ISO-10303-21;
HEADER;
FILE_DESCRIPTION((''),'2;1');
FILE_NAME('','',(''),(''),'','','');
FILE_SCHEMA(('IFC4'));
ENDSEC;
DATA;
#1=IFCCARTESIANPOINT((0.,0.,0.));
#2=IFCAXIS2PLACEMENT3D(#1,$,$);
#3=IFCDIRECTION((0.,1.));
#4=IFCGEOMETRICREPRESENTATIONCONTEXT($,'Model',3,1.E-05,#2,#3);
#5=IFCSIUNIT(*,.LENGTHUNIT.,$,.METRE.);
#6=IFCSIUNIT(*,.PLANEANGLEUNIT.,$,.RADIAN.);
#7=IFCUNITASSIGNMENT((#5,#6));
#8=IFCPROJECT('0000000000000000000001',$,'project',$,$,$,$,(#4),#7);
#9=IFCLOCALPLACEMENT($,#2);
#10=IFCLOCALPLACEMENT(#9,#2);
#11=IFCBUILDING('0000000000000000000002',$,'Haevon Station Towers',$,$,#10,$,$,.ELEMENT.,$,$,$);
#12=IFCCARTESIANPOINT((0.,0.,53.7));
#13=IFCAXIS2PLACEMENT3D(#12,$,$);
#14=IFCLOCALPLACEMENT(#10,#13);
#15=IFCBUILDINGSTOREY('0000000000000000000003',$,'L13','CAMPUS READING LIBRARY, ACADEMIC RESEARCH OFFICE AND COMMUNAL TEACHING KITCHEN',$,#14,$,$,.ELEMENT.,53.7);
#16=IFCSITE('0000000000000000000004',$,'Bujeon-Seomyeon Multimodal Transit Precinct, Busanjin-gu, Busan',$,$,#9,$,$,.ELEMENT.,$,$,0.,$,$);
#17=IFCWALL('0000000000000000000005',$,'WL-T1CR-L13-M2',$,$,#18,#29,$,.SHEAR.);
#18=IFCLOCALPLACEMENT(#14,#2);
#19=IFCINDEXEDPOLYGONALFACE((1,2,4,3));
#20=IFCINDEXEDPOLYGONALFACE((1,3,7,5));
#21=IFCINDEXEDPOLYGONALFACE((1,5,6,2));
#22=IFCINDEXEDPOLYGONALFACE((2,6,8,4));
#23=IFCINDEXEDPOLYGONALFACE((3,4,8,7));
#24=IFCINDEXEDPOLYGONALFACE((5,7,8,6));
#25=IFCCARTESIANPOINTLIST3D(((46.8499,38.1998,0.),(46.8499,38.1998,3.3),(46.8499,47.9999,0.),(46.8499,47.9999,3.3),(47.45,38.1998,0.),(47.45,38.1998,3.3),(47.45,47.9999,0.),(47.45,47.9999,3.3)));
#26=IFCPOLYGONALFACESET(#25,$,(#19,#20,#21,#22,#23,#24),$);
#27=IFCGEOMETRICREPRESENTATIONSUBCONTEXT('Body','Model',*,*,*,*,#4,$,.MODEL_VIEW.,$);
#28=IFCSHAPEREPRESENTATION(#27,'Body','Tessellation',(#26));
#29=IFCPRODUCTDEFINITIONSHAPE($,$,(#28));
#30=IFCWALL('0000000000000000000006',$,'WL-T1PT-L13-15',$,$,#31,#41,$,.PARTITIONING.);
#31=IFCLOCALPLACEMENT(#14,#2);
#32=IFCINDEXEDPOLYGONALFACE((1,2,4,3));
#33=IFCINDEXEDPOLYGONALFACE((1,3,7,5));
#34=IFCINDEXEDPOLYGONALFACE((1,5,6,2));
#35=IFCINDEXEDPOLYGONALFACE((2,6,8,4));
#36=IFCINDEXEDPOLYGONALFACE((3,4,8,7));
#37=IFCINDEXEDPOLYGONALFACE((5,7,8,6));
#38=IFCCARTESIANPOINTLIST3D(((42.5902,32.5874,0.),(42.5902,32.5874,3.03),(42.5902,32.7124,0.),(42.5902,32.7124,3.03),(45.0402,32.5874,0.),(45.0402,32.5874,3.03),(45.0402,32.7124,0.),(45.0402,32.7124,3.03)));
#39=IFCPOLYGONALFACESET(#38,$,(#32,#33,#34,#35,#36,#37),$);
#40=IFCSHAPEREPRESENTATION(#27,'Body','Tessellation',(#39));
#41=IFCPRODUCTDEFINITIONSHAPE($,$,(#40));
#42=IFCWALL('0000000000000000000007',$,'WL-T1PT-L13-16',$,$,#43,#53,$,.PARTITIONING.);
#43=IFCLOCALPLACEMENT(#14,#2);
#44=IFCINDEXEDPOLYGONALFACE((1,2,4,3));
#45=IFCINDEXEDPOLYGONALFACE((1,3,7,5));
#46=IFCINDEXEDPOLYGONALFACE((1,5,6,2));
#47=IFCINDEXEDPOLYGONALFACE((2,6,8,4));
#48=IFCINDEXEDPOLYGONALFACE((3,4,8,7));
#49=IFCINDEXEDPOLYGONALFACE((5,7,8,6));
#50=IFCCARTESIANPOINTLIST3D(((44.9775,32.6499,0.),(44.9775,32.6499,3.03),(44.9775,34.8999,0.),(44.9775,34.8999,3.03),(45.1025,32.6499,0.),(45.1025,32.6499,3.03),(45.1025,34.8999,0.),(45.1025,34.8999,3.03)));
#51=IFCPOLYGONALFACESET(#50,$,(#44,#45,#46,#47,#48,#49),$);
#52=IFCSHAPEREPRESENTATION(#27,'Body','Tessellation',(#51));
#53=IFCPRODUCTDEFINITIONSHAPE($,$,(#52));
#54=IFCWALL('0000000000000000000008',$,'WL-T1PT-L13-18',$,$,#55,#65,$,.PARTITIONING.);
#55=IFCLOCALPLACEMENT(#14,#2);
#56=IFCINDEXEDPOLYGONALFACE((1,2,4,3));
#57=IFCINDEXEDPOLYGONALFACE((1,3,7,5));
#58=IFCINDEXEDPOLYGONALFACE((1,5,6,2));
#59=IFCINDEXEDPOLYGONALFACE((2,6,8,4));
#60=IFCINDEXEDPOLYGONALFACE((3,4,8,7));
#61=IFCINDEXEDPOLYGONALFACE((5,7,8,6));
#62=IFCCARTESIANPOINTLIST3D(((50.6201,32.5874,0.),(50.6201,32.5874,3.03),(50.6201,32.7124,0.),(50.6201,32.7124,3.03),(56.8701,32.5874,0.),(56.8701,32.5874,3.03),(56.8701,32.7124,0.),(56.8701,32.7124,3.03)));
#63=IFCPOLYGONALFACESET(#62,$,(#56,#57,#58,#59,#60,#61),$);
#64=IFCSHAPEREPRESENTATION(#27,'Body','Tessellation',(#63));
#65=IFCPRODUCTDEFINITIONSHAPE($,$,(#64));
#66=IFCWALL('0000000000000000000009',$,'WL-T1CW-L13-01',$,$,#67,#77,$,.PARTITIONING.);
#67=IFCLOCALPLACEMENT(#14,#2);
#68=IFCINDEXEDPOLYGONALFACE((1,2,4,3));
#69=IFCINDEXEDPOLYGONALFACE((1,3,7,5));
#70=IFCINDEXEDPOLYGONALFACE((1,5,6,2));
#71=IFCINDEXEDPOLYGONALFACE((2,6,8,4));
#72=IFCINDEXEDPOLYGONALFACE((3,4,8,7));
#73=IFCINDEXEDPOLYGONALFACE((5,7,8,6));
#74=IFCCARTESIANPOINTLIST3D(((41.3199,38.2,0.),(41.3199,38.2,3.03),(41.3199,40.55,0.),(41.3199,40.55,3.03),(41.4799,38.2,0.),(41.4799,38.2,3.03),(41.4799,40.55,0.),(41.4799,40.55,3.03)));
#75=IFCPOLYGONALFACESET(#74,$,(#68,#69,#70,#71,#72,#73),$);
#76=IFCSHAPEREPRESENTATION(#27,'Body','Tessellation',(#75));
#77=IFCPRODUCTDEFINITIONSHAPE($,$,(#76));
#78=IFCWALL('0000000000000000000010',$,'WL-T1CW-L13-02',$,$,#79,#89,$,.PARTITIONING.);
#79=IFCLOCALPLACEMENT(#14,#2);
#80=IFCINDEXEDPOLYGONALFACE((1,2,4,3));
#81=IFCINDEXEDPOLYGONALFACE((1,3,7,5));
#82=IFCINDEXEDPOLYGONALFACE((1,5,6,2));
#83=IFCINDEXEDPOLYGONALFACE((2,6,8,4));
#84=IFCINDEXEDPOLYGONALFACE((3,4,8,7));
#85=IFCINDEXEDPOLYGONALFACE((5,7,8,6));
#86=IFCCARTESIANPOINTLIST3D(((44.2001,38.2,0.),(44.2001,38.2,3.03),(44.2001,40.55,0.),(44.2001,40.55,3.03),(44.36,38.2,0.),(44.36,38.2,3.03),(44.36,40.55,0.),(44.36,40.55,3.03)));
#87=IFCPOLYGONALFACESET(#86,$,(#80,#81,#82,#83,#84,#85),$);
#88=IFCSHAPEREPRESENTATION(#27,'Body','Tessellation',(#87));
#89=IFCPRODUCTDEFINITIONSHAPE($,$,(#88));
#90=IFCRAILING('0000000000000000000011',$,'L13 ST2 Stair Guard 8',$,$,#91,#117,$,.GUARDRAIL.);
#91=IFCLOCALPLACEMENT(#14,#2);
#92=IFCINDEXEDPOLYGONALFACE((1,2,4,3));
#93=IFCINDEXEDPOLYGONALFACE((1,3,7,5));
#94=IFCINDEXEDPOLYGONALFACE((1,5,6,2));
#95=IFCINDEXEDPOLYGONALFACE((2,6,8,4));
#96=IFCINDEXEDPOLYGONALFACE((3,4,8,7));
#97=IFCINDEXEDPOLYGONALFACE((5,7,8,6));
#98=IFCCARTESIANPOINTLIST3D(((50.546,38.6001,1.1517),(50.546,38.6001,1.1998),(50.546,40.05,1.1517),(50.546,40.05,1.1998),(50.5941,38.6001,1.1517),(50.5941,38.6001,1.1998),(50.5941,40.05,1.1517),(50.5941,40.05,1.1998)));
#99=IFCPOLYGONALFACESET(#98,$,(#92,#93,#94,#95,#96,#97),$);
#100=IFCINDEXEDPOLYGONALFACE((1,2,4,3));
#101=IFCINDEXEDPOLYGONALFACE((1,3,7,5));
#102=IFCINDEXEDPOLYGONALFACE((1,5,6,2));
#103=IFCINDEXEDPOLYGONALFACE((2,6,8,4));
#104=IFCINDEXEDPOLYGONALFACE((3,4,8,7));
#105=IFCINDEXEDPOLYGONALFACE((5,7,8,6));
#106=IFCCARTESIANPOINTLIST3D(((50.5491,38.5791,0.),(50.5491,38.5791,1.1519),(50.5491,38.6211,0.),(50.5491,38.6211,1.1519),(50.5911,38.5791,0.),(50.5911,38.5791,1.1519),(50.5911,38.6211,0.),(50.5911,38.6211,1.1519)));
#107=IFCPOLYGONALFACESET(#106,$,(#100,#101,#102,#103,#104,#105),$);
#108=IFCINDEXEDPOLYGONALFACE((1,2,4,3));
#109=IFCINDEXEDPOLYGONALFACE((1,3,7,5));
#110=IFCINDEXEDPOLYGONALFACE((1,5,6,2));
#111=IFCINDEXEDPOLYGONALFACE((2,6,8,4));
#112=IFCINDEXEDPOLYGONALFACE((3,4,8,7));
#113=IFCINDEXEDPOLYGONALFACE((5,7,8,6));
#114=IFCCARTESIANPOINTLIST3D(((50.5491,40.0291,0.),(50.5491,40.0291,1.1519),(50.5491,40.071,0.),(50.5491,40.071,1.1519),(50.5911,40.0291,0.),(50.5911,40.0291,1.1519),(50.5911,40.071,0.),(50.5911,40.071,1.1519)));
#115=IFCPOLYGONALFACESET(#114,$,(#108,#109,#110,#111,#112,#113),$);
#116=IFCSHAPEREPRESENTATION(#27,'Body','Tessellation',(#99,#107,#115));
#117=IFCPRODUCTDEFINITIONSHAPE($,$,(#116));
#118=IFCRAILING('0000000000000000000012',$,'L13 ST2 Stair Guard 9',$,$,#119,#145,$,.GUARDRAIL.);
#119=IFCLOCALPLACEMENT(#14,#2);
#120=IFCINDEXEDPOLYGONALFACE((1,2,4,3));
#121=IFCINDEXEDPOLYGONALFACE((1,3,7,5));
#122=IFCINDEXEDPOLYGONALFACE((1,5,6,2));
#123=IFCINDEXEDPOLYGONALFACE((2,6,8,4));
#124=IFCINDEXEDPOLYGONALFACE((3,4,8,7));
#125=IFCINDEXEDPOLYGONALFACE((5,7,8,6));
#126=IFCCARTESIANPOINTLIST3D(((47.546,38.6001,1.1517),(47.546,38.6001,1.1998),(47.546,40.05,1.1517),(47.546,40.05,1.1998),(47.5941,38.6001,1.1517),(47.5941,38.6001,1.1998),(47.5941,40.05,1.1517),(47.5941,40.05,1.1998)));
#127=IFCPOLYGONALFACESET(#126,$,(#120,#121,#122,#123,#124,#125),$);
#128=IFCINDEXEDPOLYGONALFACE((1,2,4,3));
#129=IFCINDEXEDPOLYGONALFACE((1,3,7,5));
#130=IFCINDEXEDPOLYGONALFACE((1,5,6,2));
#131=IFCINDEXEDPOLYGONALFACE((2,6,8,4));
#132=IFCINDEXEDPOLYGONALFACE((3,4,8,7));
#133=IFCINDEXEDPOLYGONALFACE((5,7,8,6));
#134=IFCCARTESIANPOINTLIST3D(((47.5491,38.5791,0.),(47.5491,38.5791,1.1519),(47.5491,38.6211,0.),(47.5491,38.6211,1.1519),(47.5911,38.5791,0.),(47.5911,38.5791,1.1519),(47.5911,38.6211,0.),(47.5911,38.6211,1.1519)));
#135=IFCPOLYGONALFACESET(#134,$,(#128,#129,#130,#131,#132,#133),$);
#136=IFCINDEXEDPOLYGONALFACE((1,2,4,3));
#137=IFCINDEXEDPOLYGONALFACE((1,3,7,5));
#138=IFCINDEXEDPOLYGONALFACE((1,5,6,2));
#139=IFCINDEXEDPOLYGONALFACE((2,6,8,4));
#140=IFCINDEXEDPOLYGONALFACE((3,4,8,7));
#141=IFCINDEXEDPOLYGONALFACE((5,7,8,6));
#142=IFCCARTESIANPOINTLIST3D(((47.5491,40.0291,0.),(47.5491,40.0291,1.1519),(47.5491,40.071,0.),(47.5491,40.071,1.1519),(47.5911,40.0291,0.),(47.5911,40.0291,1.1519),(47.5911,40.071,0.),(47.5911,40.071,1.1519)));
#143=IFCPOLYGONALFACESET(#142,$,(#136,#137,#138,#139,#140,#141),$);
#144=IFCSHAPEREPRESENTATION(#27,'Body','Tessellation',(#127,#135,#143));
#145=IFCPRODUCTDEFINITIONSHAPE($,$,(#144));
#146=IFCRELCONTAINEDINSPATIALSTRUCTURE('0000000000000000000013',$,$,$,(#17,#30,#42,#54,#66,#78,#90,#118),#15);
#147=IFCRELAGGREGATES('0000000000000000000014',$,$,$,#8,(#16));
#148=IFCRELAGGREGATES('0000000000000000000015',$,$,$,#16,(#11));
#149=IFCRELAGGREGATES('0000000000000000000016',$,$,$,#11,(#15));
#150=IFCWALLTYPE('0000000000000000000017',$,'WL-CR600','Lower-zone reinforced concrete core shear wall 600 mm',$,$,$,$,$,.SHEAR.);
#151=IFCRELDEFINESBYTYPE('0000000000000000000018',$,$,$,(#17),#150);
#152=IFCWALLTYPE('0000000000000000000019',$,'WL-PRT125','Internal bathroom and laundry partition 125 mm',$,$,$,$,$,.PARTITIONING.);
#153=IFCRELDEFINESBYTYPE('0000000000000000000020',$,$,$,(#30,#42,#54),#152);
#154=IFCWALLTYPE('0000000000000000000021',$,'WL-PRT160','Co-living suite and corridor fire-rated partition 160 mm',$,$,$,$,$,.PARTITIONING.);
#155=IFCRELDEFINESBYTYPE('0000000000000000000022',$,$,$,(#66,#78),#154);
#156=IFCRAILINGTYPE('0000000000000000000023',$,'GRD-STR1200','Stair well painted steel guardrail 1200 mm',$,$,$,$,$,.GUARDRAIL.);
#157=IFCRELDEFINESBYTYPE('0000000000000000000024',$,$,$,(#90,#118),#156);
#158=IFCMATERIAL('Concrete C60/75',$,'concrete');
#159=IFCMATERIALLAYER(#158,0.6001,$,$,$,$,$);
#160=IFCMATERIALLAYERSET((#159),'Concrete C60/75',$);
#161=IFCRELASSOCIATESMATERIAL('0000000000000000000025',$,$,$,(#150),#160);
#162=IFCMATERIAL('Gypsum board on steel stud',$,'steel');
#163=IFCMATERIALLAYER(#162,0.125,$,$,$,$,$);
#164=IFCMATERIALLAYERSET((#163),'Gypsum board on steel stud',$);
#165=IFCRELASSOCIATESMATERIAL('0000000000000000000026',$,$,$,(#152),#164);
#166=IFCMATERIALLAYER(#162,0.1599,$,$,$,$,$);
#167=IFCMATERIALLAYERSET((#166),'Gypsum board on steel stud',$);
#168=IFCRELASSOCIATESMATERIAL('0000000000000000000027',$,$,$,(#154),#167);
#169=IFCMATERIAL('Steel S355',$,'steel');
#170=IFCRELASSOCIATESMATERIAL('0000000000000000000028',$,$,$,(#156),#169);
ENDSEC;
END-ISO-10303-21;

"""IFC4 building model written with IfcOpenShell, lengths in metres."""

from ifc_helpers import new_model, si_unit, direction, frame, frame_2d, origin, origin_2d, place, context, subcontext, project, spatial, rectangle, extrude, material, layer, layer_set, type_object, element, save


model = new_model("IFC4")

# Units and contexts
model_context = context("Model", 3, precision=1e-05, world=origin(), true_north=direction((0.0, 1.0)))
body_context = subcontext(model_context, "Body", "Model", "MODEL_VIEW")
ifc_project = project(units=[si_unit("LENGTHUNIT", "METRE"), si_unit("PLANEANGLEUNIT", "RADIAN")], contexts=[model_context])

# Site, building, storey
site_placement = place(None, origin())
site = spatial("IfcSite", under=ifc_project, at=site_placement, Name="Bujeon-Seomyeon Multimodal Transit Precinct, Busanjin-gu, Busan", CompositionType="ELEMENT", RefElevation=0.0)
building_placement = place(site_placement, origin())
building = spatial("IfcBuilding", under=site, at=building_placement, Name="Haevon Station Towers", CompositionType="ELEMENT")
storey_placement = place(building_placement, frame((0.0, 0.0, 53.7)))
storey = spatial("IfcBuildingStorey", under=building, at=storey_placement, Name="L13", Description="CAMPUS READING LIBRARY, ACADEMIC RESEARCH OFFICE AND COMMUNAL TEACHING KITCHEN", CompositionType="ELEMENT", Elevation=53.7)

# Shared definitions
ifc_material_1 = material(Name="Steel S355", Category="steel")

# Shared definitions
ifc_material_2 = material(Name="Gypsum board on steel stud", Category="steel")

# Walls
ifc_material_3 = material(Name="Concrete C60/75", Category="concrete")
ifc_layer_1 = layer(ifc_material_3, 0.6001)
ifc_layer_set_1 = layer_set([ifc_layer_1], Name="Concrete C60/75")
wall_type_1 = type_object("IfcWallType", Name="WL-CR600", Description="Lower-zone reinforced concrete core shear wall 600 mm", PredefinedType="SHEAR", material=ifc_layer_set_1)
wall_1_placement = place(storey_placement, frame((47.1499, 38.2, 0.0), z_axis=(0.0, 0.0, 1.0), x_axis=(0.0, 1.0, 0.0)))
element("IfcWall", 1, at=wall_1_placement, inside=storey, type_object=wall_type_1, Name="WL-T1CR-L13-M2", PredefinedType="SHEAR", context=body_context, shape_type="SweptSolid", body=[
    extrude(rectangle(XDim=9.8, YDim=0.6001, at=frame_2d((4.8999, 0.0))), origin(), (0.0, 0.0, 1.0), 3.3),
])
ifc_layer_2 = layer(ifc_material_2, 0.125)
ifc_layer_set_2 = layer_set([ifc_layer_2], Name="Gypsum board on steel stud")
wall_type_2 = type_object("IfcWallType", Name="WL-PRT125", Description="Internal bathroom and laundry partition 125 mm", PredefinedType="PARTITIONING", material=ifc_layer_set_2)
wall_2_placement = place(storey_placement, frame((42.5901, 32.6499, 0.0), z_axis=(0.0, 0.0, 1.0), x_axis=(1.0, 0.0, 0.0)))
element("IfcWall", 2, at=wall_2_placement, inside=storey, type_object=wall_type_2, Name="WL-T1PT-L13-15", PredefinedType="PARTITIONING", context=body_context, shape_type="SweptSolid", body=[
    extrude(rectangle(XDim=2.45, YDim=0.125, at=frame_2d((1.2251, 0.0))), origin(), (0.0, 0.0, 1.0), 3.03),
])
wall_3_placement = place(storey_placement, frame((45.04, 32.6499, 0.0), z_axis=(0.0, 0.0, 1.0), x_axis=(0.0, 1.0, 0.0)))
element("IfcWall", 3, at=wall_3_placement, inside=storey, type_object=wall_type_2, Name="WL-T1PT-L13-16", PredefinedType="PARTITIONING", context=body_context, shape_type="SweptSolid", body=[
    extrude(rectangle(XDim=2.25, YDim=0.125, at=frame_2d((1.125, 0.0))), origin(), (0.0, 0.0, 1.0), 3.03),
])
wall_4_placement = place(storey_placement, frame((50.6201, 32.6499, 0.0), z_axis=(0.0, 0.0, 1.0), x_axis=(1.0, 0.0, 0.0)))
element("IfcWall", 4, at=wall_4_placement, inside=storey, type_object=wall_type_2, Name="WL-T1PT-L13-18", PredefinedType="PARTITIONING", context=body_context, shape_type="SweptSolid", body=[
    extrude(rectangle(XDim=6.25, YDim=0.125, at=frame_2d((3.125, 0.0))), origin(), (0.0, 0.0, 1.0), 3.03),
])
ifc_layer_3 = layer(ifc_material_2, 0.1599)
ifc_layer_set_3 = layer_set([ifc_layer_3], Name="Gypsum board on steel stud")
wall_type_3 = type_object("IfcWallType", Name="WL-PRT160", Description="Co-living suite and corridor fire-rated partition 160 mm", PredefinedType="PARTITIONING", material=ifc_layer_set_3)
for number, where, z_axis, x_axis, name in (
    (5, (41.3999, 38.2, 0.0), (0.0, 0.0, 1.0), (0.0, 1.0, 0.0), "WL-T1CW-L13-01"),
    (6, (44.28, 38.2, 0.0), (0.0, 0.0, 1.0), (0.0, 1.0, 0.0), "WL-T1CW-L13-02"),
):
    element("IfcWall", number, at=place(storey_placement, frame(where, z_axis=z_axis, x_axis=x_axis)), inside=storey, type_object=wall_type_3, Name=name, PredefinedType="PARTITIONING", context=body_context, shape_type="SweptSolid", body=[
        extrude(rectangle(XDim=2.3501, YDim=0.1599, at=frame_2d((1.175, 0.0))), origin(), (0.0, 0.0, 1.0), 3.03),
    ])

# Railings
railing_type = type_object("IfcRailingType", Name="GRD-STR1200", Description="Stair well painted steel guardrail 1200 mm", PredefinedType="GUARDRAIL", material=ifc_material_1)
for number, where, name in (
    (7, (50.5701, 38.6001, 0.0), "L13 ST2 Stair Guard 8"),
    (8, (47.5701, 38.6001, 0.0), "L13 ST2 Stair Guard 9"),
):
    element("IfcRailing", number, at=place(storey_placement, frame(where)), inside=storey, type_object=railing_type, Name=name, PredefinedType="GUARDRAIL", context=body_context, shape_type="SweptSolid", body=[
        extrude(rectangle(XDim=0.0481, YDim=0.0481, at=origin_2d()), frame((0.0, 0.0, 1.1758), z_axis=(0.0, 1.0, 0.0), x_axis=(-1.0, 0.0, 0.0)), (0.0, 0.0, 1.0), 1.45),
        extrude(rectangle(XDim=0.042, YDim=0.042, at=origin_2d()), origin(), (0.0, 0.0, 1.0), 1.1519),
        extrude(rectangle(XDim=0.042, YDim=0.042, at=origin_2d()), frame((0.0, 1.45, 0.0)), (0.0, 0.0, 1.0), 1.1519),
    ])

save(model, "model.ifc")
